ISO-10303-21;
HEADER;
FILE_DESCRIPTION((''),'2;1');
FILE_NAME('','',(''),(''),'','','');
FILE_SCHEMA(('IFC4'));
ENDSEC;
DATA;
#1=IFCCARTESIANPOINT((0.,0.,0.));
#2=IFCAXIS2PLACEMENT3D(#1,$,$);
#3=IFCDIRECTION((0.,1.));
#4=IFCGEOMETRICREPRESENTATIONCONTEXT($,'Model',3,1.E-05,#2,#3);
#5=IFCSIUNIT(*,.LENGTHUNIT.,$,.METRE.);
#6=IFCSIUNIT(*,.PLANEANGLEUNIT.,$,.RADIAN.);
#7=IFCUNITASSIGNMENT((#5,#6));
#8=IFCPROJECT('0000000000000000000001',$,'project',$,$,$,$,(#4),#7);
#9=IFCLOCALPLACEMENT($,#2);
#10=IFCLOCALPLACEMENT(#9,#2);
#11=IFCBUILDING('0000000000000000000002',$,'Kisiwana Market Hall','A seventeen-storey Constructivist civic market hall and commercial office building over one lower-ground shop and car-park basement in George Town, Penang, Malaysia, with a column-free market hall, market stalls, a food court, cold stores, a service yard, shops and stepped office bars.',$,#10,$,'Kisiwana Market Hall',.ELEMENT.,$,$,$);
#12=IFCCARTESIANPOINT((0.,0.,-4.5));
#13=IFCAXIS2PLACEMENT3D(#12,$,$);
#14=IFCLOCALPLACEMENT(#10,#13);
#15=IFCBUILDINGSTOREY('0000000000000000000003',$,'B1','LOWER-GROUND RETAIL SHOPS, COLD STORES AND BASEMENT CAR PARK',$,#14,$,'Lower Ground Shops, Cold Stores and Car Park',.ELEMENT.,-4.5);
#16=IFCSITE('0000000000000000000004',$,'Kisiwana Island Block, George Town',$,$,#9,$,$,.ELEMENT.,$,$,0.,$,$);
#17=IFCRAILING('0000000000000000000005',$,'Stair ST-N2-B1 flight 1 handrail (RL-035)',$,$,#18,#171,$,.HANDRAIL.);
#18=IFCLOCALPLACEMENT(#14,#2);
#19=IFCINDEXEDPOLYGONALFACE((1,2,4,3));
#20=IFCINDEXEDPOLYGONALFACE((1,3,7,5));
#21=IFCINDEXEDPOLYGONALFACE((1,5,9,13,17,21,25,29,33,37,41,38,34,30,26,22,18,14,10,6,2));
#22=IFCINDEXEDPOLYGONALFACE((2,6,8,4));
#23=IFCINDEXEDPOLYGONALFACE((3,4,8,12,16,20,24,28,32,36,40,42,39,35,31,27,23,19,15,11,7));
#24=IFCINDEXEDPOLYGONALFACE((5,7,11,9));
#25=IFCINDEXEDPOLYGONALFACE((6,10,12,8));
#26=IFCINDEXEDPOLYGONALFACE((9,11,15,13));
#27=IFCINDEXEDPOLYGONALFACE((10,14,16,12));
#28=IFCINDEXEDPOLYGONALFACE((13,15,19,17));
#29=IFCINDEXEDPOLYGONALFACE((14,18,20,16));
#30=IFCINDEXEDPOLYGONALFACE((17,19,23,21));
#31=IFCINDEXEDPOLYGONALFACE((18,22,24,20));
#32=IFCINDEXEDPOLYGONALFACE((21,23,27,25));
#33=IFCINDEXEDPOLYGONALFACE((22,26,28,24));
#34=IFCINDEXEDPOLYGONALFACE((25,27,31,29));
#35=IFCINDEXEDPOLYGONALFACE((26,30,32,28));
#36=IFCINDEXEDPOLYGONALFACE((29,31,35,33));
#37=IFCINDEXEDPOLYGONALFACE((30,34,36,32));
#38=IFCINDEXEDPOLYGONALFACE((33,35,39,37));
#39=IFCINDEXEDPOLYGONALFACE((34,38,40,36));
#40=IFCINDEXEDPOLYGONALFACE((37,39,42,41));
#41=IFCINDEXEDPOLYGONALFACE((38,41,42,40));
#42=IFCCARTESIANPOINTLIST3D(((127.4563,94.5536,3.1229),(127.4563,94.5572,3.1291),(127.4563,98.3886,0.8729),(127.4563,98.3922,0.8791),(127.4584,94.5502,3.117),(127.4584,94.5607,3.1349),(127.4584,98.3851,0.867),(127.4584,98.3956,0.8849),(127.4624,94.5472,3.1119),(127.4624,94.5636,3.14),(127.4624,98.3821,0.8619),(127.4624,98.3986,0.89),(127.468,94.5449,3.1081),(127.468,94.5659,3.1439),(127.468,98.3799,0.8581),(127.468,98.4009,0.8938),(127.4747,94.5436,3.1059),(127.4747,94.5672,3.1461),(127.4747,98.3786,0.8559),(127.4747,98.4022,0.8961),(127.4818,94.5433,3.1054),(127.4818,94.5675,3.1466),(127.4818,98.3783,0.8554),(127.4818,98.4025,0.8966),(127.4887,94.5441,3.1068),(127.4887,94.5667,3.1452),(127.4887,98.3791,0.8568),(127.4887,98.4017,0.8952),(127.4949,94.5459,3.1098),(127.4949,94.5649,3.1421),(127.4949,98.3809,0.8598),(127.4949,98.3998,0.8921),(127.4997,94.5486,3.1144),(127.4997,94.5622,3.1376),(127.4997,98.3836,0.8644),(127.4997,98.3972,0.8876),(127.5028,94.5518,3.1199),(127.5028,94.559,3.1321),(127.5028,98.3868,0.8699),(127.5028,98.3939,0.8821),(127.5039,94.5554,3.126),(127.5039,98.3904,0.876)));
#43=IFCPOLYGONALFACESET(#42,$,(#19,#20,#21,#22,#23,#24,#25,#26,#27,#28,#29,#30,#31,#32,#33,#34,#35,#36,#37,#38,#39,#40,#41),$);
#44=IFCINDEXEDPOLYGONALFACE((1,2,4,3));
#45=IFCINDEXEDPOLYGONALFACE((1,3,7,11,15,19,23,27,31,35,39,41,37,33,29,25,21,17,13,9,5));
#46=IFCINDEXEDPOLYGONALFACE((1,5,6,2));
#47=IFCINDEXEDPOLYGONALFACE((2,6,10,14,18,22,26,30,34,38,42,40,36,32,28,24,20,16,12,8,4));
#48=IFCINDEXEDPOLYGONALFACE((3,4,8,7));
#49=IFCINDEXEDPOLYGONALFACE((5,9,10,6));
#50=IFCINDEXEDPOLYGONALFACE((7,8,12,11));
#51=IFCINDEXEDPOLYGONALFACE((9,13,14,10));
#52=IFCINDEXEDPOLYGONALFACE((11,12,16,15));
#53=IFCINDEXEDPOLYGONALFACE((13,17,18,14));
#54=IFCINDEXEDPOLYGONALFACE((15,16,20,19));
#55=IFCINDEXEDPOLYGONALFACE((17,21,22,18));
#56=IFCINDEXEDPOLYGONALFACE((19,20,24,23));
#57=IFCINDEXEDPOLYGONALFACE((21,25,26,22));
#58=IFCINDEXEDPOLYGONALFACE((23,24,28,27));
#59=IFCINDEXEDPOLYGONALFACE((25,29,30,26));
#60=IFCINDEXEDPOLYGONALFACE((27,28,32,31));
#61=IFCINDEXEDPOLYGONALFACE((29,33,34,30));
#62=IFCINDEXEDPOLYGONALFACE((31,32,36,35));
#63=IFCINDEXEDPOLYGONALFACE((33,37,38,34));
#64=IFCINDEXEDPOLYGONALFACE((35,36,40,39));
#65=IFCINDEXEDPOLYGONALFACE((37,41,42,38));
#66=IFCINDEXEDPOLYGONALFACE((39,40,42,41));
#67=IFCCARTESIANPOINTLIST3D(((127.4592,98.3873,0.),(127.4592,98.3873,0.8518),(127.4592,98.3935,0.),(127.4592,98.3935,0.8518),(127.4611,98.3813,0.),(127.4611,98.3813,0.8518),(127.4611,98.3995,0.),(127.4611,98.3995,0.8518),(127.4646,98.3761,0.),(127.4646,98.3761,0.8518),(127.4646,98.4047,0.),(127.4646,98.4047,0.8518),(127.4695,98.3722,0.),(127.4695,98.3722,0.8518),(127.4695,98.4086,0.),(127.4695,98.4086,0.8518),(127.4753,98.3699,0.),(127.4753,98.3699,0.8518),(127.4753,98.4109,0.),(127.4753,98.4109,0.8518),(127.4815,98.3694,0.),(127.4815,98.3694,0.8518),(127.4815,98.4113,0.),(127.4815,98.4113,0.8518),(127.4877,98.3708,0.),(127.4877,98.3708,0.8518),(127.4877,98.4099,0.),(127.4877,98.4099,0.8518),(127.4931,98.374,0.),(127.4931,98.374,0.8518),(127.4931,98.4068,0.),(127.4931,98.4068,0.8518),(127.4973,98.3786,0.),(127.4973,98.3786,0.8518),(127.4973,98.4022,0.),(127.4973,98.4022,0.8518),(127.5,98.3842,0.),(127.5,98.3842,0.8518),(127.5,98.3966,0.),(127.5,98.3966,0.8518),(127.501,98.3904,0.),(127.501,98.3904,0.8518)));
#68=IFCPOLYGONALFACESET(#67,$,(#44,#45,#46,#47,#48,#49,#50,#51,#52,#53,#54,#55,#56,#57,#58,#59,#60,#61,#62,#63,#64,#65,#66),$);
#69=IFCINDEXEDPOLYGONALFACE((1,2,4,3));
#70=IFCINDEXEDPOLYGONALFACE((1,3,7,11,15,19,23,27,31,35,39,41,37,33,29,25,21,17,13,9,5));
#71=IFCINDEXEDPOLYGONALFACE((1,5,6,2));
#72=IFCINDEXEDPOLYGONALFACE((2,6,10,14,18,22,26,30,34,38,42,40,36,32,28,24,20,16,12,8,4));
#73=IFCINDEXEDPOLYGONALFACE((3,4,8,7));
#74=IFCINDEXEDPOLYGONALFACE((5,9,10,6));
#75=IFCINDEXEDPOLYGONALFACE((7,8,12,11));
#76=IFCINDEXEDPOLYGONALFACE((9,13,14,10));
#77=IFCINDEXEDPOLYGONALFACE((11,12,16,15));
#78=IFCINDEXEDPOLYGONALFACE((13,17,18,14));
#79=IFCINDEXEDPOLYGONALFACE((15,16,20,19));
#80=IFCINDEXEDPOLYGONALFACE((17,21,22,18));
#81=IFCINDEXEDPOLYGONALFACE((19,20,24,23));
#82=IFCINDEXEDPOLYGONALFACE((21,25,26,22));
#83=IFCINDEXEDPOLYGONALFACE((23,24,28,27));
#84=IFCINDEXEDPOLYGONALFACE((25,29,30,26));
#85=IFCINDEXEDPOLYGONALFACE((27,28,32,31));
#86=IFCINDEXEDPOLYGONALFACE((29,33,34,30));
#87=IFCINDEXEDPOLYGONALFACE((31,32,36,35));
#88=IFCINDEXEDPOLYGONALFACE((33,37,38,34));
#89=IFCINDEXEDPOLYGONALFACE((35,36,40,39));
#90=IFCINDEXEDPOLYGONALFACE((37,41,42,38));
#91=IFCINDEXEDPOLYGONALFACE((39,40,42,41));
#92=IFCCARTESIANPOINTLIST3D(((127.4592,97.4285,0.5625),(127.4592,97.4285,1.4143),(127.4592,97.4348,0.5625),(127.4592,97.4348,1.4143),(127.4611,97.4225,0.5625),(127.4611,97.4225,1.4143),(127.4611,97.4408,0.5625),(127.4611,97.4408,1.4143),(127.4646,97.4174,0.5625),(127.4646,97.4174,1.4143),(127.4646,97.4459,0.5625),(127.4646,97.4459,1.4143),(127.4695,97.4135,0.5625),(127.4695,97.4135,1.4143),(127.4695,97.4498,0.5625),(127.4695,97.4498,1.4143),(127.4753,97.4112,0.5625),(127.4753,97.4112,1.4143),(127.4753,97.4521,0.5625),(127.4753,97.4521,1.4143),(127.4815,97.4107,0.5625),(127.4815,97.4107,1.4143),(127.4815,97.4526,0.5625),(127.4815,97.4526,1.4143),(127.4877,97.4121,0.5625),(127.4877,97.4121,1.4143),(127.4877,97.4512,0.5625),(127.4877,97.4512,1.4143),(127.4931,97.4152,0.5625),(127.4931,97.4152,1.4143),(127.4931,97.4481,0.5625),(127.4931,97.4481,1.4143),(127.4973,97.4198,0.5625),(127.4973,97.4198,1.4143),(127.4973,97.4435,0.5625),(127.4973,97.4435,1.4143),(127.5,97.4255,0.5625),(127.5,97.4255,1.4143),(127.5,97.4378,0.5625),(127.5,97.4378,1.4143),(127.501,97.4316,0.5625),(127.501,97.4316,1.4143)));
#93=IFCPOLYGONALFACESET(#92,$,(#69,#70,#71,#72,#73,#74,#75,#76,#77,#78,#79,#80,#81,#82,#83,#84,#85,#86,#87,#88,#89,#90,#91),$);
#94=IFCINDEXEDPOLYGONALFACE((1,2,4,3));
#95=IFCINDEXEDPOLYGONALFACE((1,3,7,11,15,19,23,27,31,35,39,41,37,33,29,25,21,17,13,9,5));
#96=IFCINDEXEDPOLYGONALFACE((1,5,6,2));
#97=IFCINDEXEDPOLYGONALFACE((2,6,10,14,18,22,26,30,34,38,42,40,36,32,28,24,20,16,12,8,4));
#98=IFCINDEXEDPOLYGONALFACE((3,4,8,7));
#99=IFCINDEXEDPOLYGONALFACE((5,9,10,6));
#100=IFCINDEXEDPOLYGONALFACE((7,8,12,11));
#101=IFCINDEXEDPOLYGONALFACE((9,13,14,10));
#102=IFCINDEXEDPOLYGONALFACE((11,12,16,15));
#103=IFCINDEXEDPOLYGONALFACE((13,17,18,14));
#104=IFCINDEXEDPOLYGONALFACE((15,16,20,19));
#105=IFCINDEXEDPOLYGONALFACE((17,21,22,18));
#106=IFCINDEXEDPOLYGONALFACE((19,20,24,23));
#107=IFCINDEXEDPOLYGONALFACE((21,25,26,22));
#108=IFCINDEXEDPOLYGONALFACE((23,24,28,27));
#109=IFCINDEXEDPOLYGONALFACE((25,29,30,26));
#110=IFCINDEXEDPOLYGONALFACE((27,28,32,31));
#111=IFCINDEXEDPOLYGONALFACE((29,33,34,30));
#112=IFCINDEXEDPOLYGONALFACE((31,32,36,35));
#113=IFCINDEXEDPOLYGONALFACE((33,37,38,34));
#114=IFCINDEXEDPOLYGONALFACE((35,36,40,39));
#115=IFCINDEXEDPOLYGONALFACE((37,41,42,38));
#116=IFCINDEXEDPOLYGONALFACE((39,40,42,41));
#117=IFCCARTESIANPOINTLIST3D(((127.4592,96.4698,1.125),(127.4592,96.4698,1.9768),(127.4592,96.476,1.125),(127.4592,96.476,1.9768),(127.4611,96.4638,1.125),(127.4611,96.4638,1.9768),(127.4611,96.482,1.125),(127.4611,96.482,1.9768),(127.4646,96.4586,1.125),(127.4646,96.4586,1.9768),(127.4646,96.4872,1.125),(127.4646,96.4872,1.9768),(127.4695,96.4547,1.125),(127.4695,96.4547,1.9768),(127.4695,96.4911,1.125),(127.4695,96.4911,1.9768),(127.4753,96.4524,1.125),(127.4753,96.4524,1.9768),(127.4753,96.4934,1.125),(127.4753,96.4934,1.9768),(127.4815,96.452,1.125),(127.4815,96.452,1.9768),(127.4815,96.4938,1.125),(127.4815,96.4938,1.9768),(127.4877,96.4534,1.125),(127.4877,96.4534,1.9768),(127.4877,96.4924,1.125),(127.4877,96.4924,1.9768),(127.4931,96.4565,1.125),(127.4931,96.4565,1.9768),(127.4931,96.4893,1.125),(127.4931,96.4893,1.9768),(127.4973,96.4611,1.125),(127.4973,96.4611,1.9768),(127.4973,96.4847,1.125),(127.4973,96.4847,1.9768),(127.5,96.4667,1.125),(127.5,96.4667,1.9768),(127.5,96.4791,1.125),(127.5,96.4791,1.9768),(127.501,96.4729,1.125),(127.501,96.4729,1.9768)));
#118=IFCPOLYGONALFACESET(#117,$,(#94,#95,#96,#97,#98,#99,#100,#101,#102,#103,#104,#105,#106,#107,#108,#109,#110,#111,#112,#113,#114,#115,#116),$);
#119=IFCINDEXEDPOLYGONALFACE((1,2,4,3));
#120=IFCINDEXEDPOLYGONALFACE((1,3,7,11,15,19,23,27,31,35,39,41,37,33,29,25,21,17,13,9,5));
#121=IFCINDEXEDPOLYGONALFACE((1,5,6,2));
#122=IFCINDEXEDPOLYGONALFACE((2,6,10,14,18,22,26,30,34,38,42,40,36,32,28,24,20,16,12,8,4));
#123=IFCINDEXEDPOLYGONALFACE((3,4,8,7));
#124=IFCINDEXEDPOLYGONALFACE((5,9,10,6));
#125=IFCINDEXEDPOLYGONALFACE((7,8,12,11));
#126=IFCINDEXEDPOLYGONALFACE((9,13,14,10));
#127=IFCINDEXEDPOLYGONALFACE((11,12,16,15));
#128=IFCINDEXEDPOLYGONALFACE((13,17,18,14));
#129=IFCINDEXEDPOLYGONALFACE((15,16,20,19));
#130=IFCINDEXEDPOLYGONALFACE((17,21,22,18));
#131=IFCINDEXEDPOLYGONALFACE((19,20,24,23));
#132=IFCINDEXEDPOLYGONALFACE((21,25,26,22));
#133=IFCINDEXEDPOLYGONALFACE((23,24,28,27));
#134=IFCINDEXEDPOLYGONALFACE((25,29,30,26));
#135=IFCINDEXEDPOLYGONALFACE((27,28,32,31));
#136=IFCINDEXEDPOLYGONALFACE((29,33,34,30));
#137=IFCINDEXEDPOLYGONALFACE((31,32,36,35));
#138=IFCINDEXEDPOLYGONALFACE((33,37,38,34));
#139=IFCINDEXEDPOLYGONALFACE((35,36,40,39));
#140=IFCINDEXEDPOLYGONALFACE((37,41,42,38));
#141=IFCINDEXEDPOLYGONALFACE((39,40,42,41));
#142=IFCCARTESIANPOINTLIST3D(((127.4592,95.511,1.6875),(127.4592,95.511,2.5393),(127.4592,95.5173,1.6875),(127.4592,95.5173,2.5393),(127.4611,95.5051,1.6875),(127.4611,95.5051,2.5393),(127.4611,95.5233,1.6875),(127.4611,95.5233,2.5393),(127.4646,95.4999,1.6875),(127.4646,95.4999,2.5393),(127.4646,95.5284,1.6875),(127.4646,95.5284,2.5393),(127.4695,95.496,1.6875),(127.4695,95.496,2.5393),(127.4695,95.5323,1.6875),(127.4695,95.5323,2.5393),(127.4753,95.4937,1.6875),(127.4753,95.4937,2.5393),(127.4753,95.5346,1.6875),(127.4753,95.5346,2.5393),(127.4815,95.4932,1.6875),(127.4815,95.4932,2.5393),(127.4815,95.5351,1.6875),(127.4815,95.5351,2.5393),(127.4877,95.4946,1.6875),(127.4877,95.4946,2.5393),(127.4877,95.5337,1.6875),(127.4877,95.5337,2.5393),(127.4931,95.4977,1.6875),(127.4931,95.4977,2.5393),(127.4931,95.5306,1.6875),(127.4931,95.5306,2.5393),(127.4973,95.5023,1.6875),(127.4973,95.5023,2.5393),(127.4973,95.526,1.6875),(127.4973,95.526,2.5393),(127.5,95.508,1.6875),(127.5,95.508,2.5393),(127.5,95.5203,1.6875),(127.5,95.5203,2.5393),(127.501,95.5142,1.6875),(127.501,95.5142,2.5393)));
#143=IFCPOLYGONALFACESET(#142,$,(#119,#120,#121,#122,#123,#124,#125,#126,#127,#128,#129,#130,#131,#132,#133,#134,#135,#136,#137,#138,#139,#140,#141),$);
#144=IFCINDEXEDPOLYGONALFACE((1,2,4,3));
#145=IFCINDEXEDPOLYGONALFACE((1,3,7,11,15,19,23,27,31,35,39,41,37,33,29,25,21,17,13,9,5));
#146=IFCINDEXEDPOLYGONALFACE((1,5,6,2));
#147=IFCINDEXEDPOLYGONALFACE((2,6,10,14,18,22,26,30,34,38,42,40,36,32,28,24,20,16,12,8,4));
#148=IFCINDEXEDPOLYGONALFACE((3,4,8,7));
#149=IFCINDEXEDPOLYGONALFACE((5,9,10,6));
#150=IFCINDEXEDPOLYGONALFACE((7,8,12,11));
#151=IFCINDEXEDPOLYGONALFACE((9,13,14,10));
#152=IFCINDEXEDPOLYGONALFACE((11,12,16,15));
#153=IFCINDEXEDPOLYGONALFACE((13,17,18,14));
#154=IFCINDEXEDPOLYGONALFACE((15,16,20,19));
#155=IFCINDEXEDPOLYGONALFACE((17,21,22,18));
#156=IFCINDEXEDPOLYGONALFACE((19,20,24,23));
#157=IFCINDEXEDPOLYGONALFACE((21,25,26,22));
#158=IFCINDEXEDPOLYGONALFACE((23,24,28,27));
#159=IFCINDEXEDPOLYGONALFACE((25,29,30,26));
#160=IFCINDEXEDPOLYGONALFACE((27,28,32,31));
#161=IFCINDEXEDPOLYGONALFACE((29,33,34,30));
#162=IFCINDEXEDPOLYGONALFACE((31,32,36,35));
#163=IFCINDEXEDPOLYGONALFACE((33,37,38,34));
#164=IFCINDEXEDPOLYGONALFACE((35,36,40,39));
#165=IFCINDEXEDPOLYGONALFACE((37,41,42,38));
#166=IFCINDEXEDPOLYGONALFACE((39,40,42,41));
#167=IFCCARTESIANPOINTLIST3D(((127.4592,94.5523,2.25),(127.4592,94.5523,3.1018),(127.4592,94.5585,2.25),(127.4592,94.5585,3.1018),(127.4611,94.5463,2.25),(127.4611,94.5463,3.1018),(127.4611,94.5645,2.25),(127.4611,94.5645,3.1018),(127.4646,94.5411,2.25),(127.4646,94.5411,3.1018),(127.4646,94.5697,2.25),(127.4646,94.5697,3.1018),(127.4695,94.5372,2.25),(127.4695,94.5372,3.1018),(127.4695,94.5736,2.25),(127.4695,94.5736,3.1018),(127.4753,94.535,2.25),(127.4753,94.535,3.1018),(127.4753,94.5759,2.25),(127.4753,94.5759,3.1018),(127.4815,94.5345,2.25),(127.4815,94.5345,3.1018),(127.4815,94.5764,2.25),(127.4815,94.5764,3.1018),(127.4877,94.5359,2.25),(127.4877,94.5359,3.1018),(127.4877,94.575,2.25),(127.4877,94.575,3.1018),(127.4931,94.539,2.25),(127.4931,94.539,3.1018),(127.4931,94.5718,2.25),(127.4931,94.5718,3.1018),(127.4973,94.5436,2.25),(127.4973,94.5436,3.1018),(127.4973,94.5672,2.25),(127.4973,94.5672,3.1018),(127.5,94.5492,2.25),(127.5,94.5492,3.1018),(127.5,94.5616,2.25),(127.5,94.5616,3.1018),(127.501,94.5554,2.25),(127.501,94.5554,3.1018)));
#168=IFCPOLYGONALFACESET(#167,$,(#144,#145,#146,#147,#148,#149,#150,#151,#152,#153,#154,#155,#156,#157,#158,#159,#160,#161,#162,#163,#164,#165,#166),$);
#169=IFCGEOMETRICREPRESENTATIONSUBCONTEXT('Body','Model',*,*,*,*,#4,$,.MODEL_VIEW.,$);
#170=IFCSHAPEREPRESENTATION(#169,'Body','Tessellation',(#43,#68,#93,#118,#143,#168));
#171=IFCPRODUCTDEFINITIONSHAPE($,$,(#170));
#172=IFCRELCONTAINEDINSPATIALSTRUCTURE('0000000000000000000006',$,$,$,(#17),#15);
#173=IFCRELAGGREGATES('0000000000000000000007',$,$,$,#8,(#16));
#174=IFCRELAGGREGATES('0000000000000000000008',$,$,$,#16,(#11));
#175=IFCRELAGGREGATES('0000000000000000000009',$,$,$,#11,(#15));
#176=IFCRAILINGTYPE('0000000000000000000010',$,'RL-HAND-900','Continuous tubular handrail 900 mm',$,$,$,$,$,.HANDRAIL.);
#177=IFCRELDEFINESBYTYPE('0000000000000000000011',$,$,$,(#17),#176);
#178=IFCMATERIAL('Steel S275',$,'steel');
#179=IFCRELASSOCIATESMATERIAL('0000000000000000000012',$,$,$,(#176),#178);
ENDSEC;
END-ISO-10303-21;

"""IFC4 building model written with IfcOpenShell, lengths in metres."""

from ifc_helpers import new_model, si_unit, direction, frame, origin, origin_2d, place, context, subcontext, project, spatial, circle, extrude, material, type_object, element, save


model = new_model("IFC4")

# Units and contexts
model_context = context("Model", 3, precision=1e-05, world=origin(), true_north=direction((0.0, 1.0)))
body_context = subcontext(model_context, "Body", "Model", "MODEL_VIEW")
ifc_project = project(units=[si_unit("LENGTHUNIT", "METRE"), si_unit("PLANEANGLEUNIT", "RADIAN")], contexts=[model_context])

# Site, building, storey
site_placement = place(None, origin())
site = spatial("IfcSite", under=ifc_project, at=site_placement, Name="Kisiwana Island Block, George Town", CompositionType="ELEMENT", RefElevation=0.0)
building_placement = place(site_placement, origin())
building = spatial("IfcBuilding", under=site, at=building_placement, Name="Kisiwana Market Hall", Description="A seventeen-storey Constructivist civic market hall and commercial office building over one lower-ground shop and car-park basement in George Town, Penang, Malaysia, with a column-free market hall, market stalls, a food court, cold stores, a service yard, shops and stepped office bars.", LongName="Kisiwana Market Hall", CompositionType="ELEMENT")
storey_placement = place(building_placement, frame((0.0, 0.0, -4.5)))
storey = spatial("IfcBuildingStorey", under=building, at=storey_placement, Name="B1", Description="LOWER-GROUND RETAIL SHOPS, COLD STORES AND BASEMENT CAR PARK", LongName="Lower Ground Shops, Cold Stores and Car Park", CompositionType="ELEMENT", Elevation=-4.5)

# Railing
ifc_material_1 = material(Name="Steel S275", Category="steel")
railing_type_1 = type_object("IfcRailingType", Name="RL-HAND-900", Description="Continuous tubular handrail 900 mm", PredefinedType="HANDRAIL", material=ifc_material_1)
for number, where, name in (
    (1, (127.48, 98.3904, 0.0), "Stair ST-N2-B1 flight 1 handrail (RL-035)"),
):
    element("IfcRailing", number, at=place(storey_placement, frame(where)), inside=storey, type_object=railing_type_1, Name=name, PredefinedType="HANDRAIL", context=body_context, shape_type="SweptSolid", body=[
        extrude(circle(Radius=0.0239, at=origin_2d()), frame((0.0, 0.0, 0.876), z_axis=(0.0, -0.86251, 0.506041), x_axis=(1.0, 0.0, 0.0)), (0.0, 0.0, 1.0), 4.4463),
        extrude(circle(Radius=0.021, at=origin_2d()), origin(), (0.0, 0.0, 1.0), 0.8518),
        extrude(circle(Radius=0.021, at=origin_2d()), frame((0.0, -0.9587, 0.5625)), (0.0, 0.0, 1.0), 0.8518),
        extrude(circle(Radius=0.021, at=origin_2d()), frame((0.0, -1.9175, 1.125)), (0.0, 0.0, 1.0), 0.8518),
        extrude(circle(Radius=0.021, at=origin_2d()), frame((0.0, -2.8762, 1.6875)), (0.0, 0.0, 1.0), 0.8518),
        extrude(circle(Radius=0.021, at=origin_2d()), frame((0.0, -3.835, 2.25)), (0.0, 0.0, 1.0), 0.8518),
    ])

save(model, "model.ifc")
